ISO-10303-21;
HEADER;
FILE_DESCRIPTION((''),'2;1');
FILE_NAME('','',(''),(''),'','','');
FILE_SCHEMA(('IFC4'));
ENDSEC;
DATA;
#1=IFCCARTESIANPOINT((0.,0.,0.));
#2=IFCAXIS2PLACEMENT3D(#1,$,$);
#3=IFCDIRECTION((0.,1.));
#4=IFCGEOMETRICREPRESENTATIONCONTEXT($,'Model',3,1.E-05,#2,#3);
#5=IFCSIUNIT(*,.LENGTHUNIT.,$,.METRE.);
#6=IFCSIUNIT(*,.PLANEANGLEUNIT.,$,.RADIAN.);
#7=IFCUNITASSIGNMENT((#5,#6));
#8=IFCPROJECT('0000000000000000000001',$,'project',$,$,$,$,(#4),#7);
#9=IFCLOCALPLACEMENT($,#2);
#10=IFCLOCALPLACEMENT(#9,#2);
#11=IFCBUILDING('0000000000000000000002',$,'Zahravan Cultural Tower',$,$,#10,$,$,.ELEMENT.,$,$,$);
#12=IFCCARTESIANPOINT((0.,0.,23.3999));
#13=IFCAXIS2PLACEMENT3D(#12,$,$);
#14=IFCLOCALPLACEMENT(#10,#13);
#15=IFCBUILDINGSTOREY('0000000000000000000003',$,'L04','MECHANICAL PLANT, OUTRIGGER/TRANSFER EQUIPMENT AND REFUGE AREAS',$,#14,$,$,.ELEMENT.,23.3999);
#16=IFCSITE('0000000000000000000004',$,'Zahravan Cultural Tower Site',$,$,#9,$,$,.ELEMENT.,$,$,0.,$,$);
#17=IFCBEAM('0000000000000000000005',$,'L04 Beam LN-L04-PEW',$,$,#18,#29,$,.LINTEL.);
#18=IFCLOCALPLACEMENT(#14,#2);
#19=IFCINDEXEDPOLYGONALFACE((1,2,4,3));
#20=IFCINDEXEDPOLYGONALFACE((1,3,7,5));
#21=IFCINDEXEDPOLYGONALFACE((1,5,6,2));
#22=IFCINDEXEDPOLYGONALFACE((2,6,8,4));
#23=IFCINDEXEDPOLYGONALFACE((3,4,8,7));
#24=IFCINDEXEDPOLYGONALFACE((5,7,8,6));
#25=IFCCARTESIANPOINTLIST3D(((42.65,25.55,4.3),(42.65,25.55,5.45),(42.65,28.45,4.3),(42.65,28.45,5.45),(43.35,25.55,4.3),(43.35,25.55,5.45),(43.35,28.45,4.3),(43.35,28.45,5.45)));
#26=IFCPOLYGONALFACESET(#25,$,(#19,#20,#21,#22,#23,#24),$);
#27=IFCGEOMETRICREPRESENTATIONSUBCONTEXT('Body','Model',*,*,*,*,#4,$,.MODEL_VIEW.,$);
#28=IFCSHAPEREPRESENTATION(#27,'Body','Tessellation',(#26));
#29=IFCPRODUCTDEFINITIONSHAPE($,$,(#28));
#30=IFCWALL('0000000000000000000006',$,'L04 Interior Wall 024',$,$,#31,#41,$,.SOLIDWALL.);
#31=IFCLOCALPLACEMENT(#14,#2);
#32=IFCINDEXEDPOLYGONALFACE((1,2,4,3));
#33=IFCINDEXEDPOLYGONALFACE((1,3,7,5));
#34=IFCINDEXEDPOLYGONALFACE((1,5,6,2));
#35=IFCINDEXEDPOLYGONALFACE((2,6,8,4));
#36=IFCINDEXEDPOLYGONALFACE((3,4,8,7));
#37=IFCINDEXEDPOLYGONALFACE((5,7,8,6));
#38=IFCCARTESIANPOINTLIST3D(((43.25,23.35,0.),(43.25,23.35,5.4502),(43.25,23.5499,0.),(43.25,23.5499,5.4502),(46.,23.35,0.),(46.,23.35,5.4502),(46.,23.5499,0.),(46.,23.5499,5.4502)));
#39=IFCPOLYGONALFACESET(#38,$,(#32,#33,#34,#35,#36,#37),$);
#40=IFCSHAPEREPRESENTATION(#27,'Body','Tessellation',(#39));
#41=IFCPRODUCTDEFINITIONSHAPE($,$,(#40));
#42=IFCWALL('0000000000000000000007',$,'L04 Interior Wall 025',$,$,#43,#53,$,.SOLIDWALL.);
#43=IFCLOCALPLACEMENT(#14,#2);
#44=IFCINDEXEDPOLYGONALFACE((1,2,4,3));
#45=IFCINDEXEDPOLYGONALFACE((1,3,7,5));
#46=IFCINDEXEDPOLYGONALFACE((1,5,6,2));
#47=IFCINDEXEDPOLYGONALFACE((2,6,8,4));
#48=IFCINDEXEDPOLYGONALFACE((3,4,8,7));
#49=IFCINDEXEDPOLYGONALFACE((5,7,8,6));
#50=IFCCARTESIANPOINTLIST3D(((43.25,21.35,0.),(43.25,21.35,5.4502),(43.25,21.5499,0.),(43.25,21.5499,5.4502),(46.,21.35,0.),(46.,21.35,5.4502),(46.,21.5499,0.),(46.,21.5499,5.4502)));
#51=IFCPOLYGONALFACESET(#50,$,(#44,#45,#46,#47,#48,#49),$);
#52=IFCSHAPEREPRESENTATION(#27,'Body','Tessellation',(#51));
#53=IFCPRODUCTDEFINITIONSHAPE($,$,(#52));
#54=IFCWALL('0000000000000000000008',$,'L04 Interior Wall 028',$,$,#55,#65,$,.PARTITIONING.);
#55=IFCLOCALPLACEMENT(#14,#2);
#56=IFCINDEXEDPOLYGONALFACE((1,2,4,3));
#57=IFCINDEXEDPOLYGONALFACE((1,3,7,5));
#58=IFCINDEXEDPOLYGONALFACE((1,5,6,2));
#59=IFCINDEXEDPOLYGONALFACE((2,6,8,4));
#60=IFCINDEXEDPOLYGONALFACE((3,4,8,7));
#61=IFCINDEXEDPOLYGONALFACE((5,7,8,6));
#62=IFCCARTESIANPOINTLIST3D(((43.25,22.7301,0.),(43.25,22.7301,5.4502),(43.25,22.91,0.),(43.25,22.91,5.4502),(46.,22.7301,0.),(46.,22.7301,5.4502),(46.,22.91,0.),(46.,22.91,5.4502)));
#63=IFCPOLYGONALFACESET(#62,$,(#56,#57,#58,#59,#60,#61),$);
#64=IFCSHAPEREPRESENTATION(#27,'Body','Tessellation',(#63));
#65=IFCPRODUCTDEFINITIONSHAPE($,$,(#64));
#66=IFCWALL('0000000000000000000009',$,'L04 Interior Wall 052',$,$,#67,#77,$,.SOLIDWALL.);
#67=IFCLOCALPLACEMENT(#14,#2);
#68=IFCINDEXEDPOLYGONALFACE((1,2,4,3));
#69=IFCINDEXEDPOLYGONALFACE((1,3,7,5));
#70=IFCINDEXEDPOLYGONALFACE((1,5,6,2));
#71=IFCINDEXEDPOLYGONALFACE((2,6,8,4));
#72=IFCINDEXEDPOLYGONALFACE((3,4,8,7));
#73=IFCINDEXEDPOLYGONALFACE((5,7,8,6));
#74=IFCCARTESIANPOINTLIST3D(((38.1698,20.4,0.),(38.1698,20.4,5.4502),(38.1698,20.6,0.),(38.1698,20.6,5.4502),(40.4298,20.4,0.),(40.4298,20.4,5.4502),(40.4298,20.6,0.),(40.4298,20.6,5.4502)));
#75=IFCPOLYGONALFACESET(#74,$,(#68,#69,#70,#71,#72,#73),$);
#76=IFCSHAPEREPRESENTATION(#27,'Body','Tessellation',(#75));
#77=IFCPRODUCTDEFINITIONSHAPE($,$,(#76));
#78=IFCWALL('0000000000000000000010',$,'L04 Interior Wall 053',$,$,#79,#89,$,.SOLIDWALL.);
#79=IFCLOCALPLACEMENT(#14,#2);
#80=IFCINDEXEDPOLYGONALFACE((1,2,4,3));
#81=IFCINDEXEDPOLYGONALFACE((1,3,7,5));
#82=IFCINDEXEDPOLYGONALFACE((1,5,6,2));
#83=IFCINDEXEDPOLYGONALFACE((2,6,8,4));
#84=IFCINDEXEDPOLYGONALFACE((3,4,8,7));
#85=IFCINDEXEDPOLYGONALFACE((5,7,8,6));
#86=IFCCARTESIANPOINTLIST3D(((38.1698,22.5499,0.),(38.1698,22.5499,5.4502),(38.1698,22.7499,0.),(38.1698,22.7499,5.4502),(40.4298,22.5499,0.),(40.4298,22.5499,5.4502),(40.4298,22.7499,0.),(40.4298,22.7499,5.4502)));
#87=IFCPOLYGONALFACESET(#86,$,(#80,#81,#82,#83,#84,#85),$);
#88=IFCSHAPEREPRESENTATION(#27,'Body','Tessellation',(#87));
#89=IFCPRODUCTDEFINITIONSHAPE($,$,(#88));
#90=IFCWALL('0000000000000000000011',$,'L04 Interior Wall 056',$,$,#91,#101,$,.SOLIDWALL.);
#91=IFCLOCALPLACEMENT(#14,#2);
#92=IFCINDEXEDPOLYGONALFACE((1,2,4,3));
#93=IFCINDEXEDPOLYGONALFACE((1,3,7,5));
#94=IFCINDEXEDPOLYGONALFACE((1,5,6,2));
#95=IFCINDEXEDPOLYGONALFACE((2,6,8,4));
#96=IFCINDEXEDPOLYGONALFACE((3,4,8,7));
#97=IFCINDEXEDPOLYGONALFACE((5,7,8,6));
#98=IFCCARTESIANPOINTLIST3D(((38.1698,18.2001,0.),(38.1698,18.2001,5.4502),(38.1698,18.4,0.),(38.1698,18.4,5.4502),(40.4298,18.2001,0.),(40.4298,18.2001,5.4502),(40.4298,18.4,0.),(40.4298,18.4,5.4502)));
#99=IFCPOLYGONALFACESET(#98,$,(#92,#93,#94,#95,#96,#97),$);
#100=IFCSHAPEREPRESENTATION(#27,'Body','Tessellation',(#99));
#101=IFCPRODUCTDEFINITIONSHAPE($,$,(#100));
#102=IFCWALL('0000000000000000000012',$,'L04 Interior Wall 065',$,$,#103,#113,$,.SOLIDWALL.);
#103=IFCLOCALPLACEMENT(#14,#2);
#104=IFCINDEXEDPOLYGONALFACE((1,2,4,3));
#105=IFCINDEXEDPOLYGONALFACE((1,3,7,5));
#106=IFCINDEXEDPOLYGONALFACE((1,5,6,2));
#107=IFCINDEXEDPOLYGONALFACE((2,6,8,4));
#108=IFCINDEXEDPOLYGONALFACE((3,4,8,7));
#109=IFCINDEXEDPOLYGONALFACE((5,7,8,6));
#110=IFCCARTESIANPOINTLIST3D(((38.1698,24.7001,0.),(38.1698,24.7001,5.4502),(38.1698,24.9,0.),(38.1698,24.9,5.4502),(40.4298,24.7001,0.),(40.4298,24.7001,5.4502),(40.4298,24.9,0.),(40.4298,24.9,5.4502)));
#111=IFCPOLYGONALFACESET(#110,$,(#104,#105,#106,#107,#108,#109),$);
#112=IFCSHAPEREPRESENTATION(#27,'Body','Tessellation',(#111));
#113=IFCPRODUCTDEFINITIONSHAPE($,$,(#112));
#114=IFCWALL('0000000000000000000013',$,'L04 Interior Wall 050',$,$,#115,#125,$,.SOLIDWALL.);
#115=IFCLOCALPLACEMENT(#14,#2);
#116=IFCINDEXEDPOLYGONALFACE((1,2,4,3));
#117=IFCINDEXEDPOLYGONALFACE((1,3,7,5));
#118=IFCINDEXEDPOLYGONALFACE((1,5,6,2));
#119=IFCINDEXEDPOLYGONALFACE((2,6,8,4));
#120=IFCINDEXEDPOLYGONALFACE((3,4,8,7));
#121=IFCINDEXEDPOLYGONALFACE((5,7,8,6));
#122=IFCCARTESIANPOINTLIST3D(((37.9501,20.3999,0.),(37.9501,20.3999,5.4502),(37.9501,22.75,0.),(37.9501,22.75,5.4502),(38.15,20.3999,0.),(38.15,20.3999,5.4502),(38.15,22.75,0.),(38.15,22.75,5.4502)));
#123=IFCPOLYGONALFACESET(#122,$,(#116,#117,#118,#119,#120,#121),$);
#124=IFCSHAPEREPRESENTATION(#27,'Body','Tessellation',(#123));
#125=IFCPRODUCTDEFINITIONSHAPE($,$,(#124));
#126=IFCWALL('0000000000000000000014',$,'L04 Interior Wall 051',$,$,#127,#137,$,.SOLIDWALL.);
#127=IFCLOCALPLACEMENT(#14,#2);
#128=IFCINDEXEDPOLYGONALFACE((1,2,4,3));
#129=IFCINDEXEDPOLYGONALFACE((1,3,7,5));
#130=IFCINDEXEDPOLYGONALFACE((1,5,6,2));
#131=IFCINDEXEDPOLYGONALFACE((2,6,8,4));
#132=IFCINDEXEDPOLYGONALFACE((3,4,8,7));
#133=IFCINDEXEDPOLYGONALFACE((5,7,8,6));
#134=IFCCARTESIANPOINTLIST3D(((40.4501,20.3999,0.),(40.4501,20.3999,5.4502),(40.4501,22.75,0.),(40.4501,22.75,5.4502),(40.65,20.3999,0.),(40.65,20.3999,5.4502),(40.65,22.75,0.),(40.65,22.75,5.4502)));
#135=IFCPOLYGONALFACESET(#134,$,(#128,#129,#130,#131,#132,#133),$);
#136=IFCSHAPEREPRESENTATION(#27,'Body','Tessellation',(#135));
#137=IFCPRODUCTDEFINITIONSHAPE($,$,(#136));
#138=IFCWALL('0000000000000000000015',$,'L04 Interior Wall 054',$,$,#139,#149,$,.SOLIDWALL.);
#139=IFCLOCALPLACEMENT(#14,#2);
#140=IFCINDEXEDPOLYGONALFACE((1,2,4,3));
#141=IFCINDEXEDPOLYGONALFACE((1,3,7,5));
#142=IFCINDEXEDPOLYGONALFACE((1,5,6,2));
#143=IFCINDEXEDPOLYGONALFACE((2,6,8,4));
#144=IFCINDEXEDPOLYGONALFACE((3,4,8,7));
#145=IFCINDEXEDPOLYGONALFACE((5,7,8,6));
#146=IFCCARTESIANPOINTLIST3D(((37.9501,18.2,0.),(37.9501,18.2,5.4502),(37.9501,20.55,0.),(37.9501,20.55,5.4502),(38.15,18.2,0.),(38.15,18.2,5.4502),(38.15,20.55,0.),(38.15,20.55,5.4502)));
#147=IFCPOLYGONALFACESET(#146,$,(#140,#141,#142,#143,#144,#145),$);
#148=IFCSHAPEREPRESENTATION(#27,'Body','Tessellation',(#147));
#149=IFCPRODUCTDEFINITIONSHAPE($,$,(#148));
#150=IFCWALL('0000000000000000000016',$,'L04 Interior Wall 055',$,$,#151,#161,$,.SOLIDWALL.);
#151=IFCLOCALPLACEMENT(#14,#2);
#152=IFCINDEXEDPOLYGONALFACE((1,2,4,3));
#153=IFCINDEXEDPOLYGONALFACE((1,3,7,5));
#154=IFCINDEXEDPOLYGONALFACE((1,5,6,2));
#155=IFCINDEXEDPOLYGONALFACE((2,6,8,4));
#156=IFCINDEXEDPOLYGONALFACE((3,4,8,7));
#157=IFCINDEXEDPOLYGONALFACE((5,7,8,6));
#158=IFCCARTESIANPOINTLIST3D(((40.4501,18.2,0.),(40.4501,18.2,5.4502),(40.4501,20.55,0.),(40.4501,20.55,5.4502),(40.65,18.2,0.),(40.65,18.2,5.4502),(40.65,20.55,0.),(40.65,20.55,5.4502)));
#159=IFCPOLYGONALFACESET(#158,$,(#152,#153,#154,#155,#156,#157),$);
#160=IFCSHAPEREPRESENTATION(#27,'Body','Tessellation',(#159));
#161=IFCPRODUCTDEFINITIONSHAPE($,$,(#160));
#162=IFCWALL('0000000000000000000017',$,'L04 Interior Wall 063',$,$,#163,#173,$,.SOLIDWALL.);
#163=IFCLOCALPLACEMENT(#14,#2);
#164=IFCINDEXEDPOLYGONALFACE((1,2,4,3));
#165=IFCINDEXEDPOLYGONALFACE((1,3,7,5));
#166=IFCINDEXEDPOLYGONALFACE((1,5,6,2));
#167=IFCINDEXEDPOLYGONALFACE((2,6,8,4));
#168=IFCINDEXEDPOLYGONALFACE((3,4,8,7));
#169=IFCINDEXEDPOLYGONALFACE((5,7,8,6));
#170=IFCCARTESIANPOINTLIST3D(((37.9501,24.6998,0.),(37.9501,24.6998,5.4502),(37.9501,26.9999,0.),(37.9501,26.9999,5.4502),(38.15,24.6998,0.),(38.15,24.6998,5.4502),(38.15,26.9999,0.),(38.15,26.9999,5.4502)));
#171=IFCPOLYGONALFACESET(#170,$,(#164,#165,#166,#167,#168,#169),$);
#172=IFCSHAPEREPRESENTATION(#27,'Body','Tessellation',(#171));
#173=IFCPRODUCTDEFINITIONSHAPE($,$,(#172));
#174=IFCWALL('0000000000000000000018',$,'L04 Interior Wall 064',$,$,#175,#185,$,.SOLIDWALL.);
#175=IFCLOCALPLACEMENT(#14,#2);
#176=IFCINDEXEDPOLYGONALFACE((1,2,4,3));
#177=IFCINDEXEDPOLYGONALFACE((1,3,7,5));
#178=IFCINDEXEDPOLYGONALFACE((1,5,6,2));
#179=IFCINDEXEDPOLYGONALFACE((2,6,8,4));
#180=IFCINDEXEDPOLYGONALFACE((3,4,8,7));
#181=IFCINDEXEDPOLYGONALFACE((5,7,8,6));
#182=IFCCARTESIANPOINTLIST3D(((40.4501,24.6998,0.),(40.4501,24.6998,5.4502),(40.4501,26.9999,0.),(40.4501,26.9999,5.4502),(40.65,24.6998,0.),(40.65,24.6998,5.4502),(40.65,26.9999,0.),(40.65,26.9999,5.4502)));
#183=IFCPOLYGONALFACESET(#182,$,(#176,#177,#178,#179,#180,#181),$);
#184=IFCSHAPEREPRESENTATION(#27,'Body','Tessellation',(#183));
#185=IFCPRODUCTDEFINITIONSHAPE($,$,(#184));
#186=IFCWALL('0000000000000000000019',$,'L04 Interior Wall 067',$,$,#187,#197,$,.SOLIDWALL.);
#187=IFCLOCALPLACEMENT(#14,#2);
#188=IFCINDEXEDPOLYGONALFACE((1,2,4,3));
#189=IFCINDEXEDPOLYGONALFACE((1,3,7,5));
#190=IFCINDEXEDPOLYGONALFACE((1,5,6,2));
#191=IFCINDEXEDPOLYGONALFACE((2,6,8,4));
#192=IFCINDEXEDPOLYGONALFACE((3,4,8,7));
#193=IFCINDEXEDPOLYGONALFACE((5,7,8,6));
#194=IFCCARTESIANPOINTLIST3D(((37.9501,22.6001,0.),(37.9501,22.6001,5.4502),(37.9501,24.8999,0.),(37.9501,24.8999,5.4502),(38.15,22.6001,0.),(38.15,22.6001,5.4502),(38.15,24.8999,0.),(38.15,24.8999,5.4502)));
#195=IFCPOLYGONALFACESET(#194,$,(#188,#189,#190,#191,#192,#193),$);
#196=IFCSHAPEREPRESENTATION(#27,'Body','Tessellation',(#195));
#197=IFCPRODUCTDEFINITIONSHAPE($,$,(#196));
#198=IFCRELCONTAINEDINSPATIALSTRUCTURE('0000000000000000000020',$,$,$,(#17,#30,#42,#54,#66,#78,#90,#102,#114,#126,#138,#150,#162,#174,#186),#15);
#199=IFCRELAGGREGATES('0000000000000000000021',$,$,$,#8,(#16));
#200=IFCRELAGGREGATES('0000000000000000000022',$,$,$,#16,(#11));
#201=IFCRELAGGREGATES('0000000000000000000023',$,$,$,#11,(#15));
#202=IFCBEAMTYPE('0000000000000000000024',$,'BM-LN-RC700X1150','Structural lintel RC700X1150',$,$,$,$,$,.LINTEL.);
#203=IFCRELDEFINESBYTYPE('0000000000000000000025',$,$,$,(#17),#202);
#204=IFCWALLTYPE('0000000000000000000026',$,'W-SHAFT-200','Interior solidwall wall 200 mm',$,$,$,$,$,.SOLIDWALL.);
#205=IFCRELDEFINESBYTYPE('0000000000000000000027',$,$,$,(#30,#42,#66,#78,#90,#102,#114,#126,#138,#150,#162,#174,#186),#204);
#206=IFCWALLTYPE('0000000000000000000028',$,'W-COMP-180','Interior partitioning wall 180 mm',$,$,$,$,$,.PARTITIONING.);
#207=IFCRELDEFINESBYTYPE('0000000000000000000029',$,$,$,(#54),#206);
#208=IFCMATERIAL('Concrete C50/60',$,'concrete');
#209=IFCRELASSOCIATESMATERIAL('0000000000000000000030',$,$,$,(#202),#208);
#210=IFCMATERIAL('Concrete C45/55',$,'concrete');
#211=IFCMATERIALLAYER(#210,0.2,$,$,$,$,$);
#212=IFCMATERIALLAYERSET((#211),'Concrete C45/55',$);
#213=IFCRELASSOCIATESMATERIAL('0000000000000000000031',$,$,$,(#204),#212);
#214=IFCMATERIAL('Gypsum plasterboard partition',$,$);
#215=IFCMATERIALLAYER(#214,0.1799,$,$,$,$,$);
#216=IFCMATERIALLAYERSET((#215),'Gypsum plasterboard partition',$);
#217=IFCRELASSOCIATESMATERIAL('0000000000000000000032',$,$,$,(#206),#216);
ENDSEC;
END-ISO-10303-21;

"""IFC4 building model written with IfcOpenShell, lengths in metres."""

from ifc_helpers import new_model, si_unit, direction, frame, frame_2d, origin, origin_2d, place, context, subcontext, project, spatial, rectangle, extrude, source, transform, mapped, material, layer, layer_set, material_profile, profile_set, type_object, element, save


model = new_model("IFC4")

# Units and contexts
model_context = context("Model", 3, precision=1e-05, world=origin(), true_north=direction((0.0, 1.0)))
body_context = subcontext(model_context, "Body", "Model", "MODEL_VIEW")
ifc_project = project(units=[si_unit("LENGTHUNIT", "METRE"), si_unit("PLANEANGLEUNIT", "RADIAN")], contexts=[model_context])

# Site, building, storey
site_placement = place(None, origin())
site = spatial("IfcSite", under=ifc_project, at=site_placement, Name="Zahravan Cultural Tower Site", CompositionType="ELEMENT", RefElevation=0.0)
building_placement = place(site_placement, origin())
building = spatial("IfcBuilding", under=site, at=building_placement, Name="Zahravan Cultural Tower", CompositionType="ELEMENT")
storey_placement = place(building_placement, frame((0.0, 0.0, 23.3999)))
storey = spatial("IfcBuildingStorey", under=building, at=storey_placement, Name="L04", Description="MECHANICAL PLANT, OUTRIGGER/TRANSFER EQUIPMENT AND REFUGE AREAS", CompositionType="ELEMENT", Elevation=23.3999)

# Beam
ifc_material_1 = material(Name="Concrete C50/60", Category="concrete")
ifc_material_profile = material_profile(ifc_material_1, rectangle(XDim=0.7, YDim=1.1499, at=origin_2d()), Name="RC700X1150")
ifc_profile_set = profile_set([ifc_material_profile], Name="Concrete C50/60")
beam_type = type_object("IfcBeamType", Name="BM-LN-RC700X1150", Description="Structural lintel RC700X1150", PredefinedType="LINTEL", material=ifc_profile_set)
shared_shape_1 = source(origin(), body_context, "Body", "SweptSolid", [
    extrude(rectangle(XDim=0.7, YDim=1.1499, at=origin_2d()), origin(), (0.0, 0.0, 1.0), 2.8999),
])
beam_placement = place(storey_placement, frame((43.0, 25.55, 4.875), z_axis=(0.0, 1.0, 0.0), x_axis=(-1.0, 0.0, 0.0)))
element("IfcBeam", 1, at=beam_placement, inside=storey, type_object=beam_type, Name="L04 Beam LN-L04-PEW", PredefinedType="LINTEL", context=body_context, shape_type="MappedRepresentation", body=[
    mapped(shared_shape_1, transform((0.0, 0.0, 0.0), x_axis=(1.0, 0.0, 0.0), y_axis=(0.0, 1.0, 0.0), z_axis=(0.0, 0.0, 1.0), scale=1.0)),
])

# Walls
ifc_material_2 = material(Name="Concrete C45/55", Category="concrete")
ifc_layer_1 = layer(ifc_material_2, 0.2)
ifc_layer_set_1 = layer_set([ifc_layer_1], Name="Concrete C45/55")
wall_type_1 = type_object("IfcWallType", Name="W-SHAFT-200", Description="Interior solidwall wall 200 mm", PredefinedType="SOLIDWALL", material=ifc_layer_set_1)
shared_shape_2 = source(origin(), body_context, "Body", "SweptSolid", [
    extrude(rectangle(XDim=2.75, YDim=0.2, at=frame_2d((1.375, 0.0))), origin(), (0.0, 0.0, 1.0), 5.4502),
])
for number, where, z_axis, x_axis, name in (
    (2, (43.25, 23.45, 0.0), (0.0, 0.0, 1.0), (1.0, 0.0, 0.0), "L04 Interior Wall 024"),
    (3, (43.25, 21.45, 0.0), (0.0, 0.0, 1.0), (1.0, 0.0, 0.0), "L04 Interior Wall 025"),
):
    element("IfcWall", number, at=place(storey_placement, frame(where, z_axis=z_axis, x_axis=x_axis)), inside=storey, type_object=wall_type_1, Name=name, PredefinedType="SOLIDWALL", context=body_context, shape_type="MappedRepresentation", body=[
        mapped(shared_shape_2, transform((0.0, 0.0, 0.0), x_axis=(1.0, 0.0, 0.0), y_axis=(0.0, 1.0, 0.0), z_axis=(0.0, 0.0, 1.0), scale=1.0)),
    ])
ifc_material_3 = material(Name="Gypsum plasterboard partition")
ifc_layer_2 = layer(ifc_material_3, 0.1799)
ifc_layer_set_2 = layer_set([ifc_layer_2], Name="Gypsum plasterboard partition")
wall_type_2 = type_object("IfcWallType", Name="W-COMP-180", Description="Interior partitioning wall 180 mm", PredefinedType="PARTITIONING", material=ifc_layer_set_2)
shared_shape_3 = source(origin(), body_context, "Body", "SweptSolid", [
    extrude(rectangle(XDim=2.75, YDim=0.1799, at=frame_2d((1.375, 0.0))), origin(), (0.0, 0.0, 1.0), 5.4502),
])
wall_1_placement = place(storey_placement, frame((43.25, 22.8201, 0.0), z_axis=(0.0, 0.0, 1.0), x_axis=(1.0, 0.0, 0.0)))
element("IfcWall", 4, at=wall_1_placement, inside=storey, type_object=wall_type_2, Name="L04 Interior Wall 028", PredefinedType="PARTITIONING", context=body_context, shape_type="MappedRepresentation", body=[
    mapped(shared_shape_3, transform((0.0, 0.0, 0.0), x_axis=(1.0, 0.0, 0.0), y_axis=(0.0, 1.0, 0.0), z_axis=(0.0, 0.0, 1.0), scale=1.0)),
])
shared_shape_4 = source(origin(), body_context, "Body", "SweptSolid", [
    extrude(rectangle(XDim=2.26, YDim=0.2, at=frame_2d((1.1299, 0.0))), origin(), (0.0, 0.0, 1.0), 5.4502),
])
for number, where, z_axis, x_axis, name in (
    (5, (38.1699, 20.5, 0.0), (0.0, 0.0, 1.0), (1.0, 0.0, 0.0), "L04 Interior Wall 052"),
    (6, (38.1699, 22.6499, 0.0), (0.0, 0.0, 1.0), (1.0, 0.0, 0.0), "L04 Interior Wall 053"),
    (7, (38.1699, 18.3, 0.0), (0.0, 0.0, 1.0), (1.0, 0.0, 0.0), "L04 Interior Wall 056"),
    (8, (38.1699, 24.8, 0.0), (0.0, 0.0, 1.0), (1.0, 0.0, 0.0), "L04 Interior Wall 065"),
):
    element("IfcWall", number, at=place(storey_placement, frame(where, z_axis=z_axis, x_axis=x_axis)), inside=storey, type_object=wall_type_1, Name=name, PredefinedType="SOLIDWALL", context=body_context, shape_type="MappedRepresentation", body=[
        mapped(shared_shape_4, transform((0.0, 0.0, 0.0), x_axis=(1.0, 0.0, 0.0), y_axis=(0.0, 1.0, 0.0), z_axis=(0.0, 0.0, 1.0), scale=1.0)),
    ])
shared_shape_5 = source(origin(), body_context, "Body", "SweptSolid", [
    extrude(rectangle(XDim=2.3501, YDim=0.2, at=frame_2d((1.175, 0.0))), origin(), (0.0, 0.0, 1.0), 5.4502),
])
for number, where, z_axis, x_axis, name in (
    (9, (38.05, 20.3999, 0.0), (0.0, 0.0, 1.0), (0.0, 1.0, 0.0), "L04 Interior Wall 050"),
    (10, (40.55, 20.3999, 0.0), (0.0, 0.0, 1.0), (0.0, 1.0, 0.0), "L04 Interior Wall 051"),
    (11, (38.05, 18.2, 0.0), (0.0, 0.0, 1.0), (0.0, 1.0, 0.0), "L04 Interior Wall 054"),
    (12, (40.55, 18.2, 0.0), (0.0, 0.0, 1.0), (0.0, 1.0, 0.0), "L04 Interior Wall 055"),
):
    element("IfcWall", number, at=place(storey_placement, frame(where, z_axis=z_axis, x_axis=x_axis)), inside=storey, type_object=wall_type_1, Name=name, PredefinedType="SOLIDWALL", context=body_context, shape_type="MappedRepresentation", body=[
        mapped(shared_shape_5, transform((0.0, 0.0, 0.0), x_axis=(1.0, 0.0, 0.0), y_axis=(0.0, 1.0, 0.0), z_axis=(0.0, 0.0, 1.0), scale=1.0)),
    ])
shared_shape_6 = source(origin(), body_context, "Body", "SweptSolid", [
    extrude(rectangle(XDim=2.3, YDim=0.2, at=frame_2d((1.1499, 0.0))), origin(), (0.0, 0.0, 1.0), 5.4502),
])
for number, where, z_axis, x_axis, name in (
    (13, (38.05, 24.7, 0.0), (0.0, 0.0, 1.0), (0.0, 1.0, 0.0), "L04 Interior Wall 063"),
    (14, (40.55, 24.7, 0.0), (0.0, 0.0, 1.0), (0.0, 1.0, 0.0), "L04 Interior Wall 064"),
):
    element("IfcWall", number, at=place(storey_placement, frame(where, z_axis=z_axis, x_axis=x_axis)), inside=storey, type_object=wall_type_1, Name=name, PredefinedType="SOLIDWALL", context=body_context, shape_type="MappedRepresentation", body=[
        mapped(shared_shape_6, transform((0.0, 0.0, 0.0), x_axis=(1.0, 0.0, 0.0), y_axis=(0.0, 1.0, 0.0), z_axis=(0.0, 0.0, 1.0), scale=1.0)),
    ])
shared_shape_7 = source(origin(), body_context, "Body", "SweptSolid", [
    extrude(rectangle(XDim=2.2998, YDim=0.2, at=frame_2d((1.1499, 0.0))), origin(), (0.0, 0.0, 1.0), 5.4502),
])
for number, where, z_axis, x_axis, name in (
    (15, (38.05, 22.6001, 0.0), (0.0, 0.0, 1.0), (0.0, 1.0, 0.0), "L04 Interior Wall 067"),
):
    element("IfcWall", number, at=place(storey_placement, frame(where, z_axis=z_axis, x_axis=x_axis)), inside=storey, type_object=wall_type_1, Name=name, PredefinedType="SOLIDWALL", context=body_context, shape_type="MappedRepresentation", body=[
        mapped(shared_shape_7, transform((0.0, 0.0, 0.0), x_axis=(1.0, 0.0, 0.0), y_axis=(0.0, 1.0, 0.0), z_axis=(0.0, 0.0, 1.0), scale=1.0)),
    ])

save(model, "model.ifc")
